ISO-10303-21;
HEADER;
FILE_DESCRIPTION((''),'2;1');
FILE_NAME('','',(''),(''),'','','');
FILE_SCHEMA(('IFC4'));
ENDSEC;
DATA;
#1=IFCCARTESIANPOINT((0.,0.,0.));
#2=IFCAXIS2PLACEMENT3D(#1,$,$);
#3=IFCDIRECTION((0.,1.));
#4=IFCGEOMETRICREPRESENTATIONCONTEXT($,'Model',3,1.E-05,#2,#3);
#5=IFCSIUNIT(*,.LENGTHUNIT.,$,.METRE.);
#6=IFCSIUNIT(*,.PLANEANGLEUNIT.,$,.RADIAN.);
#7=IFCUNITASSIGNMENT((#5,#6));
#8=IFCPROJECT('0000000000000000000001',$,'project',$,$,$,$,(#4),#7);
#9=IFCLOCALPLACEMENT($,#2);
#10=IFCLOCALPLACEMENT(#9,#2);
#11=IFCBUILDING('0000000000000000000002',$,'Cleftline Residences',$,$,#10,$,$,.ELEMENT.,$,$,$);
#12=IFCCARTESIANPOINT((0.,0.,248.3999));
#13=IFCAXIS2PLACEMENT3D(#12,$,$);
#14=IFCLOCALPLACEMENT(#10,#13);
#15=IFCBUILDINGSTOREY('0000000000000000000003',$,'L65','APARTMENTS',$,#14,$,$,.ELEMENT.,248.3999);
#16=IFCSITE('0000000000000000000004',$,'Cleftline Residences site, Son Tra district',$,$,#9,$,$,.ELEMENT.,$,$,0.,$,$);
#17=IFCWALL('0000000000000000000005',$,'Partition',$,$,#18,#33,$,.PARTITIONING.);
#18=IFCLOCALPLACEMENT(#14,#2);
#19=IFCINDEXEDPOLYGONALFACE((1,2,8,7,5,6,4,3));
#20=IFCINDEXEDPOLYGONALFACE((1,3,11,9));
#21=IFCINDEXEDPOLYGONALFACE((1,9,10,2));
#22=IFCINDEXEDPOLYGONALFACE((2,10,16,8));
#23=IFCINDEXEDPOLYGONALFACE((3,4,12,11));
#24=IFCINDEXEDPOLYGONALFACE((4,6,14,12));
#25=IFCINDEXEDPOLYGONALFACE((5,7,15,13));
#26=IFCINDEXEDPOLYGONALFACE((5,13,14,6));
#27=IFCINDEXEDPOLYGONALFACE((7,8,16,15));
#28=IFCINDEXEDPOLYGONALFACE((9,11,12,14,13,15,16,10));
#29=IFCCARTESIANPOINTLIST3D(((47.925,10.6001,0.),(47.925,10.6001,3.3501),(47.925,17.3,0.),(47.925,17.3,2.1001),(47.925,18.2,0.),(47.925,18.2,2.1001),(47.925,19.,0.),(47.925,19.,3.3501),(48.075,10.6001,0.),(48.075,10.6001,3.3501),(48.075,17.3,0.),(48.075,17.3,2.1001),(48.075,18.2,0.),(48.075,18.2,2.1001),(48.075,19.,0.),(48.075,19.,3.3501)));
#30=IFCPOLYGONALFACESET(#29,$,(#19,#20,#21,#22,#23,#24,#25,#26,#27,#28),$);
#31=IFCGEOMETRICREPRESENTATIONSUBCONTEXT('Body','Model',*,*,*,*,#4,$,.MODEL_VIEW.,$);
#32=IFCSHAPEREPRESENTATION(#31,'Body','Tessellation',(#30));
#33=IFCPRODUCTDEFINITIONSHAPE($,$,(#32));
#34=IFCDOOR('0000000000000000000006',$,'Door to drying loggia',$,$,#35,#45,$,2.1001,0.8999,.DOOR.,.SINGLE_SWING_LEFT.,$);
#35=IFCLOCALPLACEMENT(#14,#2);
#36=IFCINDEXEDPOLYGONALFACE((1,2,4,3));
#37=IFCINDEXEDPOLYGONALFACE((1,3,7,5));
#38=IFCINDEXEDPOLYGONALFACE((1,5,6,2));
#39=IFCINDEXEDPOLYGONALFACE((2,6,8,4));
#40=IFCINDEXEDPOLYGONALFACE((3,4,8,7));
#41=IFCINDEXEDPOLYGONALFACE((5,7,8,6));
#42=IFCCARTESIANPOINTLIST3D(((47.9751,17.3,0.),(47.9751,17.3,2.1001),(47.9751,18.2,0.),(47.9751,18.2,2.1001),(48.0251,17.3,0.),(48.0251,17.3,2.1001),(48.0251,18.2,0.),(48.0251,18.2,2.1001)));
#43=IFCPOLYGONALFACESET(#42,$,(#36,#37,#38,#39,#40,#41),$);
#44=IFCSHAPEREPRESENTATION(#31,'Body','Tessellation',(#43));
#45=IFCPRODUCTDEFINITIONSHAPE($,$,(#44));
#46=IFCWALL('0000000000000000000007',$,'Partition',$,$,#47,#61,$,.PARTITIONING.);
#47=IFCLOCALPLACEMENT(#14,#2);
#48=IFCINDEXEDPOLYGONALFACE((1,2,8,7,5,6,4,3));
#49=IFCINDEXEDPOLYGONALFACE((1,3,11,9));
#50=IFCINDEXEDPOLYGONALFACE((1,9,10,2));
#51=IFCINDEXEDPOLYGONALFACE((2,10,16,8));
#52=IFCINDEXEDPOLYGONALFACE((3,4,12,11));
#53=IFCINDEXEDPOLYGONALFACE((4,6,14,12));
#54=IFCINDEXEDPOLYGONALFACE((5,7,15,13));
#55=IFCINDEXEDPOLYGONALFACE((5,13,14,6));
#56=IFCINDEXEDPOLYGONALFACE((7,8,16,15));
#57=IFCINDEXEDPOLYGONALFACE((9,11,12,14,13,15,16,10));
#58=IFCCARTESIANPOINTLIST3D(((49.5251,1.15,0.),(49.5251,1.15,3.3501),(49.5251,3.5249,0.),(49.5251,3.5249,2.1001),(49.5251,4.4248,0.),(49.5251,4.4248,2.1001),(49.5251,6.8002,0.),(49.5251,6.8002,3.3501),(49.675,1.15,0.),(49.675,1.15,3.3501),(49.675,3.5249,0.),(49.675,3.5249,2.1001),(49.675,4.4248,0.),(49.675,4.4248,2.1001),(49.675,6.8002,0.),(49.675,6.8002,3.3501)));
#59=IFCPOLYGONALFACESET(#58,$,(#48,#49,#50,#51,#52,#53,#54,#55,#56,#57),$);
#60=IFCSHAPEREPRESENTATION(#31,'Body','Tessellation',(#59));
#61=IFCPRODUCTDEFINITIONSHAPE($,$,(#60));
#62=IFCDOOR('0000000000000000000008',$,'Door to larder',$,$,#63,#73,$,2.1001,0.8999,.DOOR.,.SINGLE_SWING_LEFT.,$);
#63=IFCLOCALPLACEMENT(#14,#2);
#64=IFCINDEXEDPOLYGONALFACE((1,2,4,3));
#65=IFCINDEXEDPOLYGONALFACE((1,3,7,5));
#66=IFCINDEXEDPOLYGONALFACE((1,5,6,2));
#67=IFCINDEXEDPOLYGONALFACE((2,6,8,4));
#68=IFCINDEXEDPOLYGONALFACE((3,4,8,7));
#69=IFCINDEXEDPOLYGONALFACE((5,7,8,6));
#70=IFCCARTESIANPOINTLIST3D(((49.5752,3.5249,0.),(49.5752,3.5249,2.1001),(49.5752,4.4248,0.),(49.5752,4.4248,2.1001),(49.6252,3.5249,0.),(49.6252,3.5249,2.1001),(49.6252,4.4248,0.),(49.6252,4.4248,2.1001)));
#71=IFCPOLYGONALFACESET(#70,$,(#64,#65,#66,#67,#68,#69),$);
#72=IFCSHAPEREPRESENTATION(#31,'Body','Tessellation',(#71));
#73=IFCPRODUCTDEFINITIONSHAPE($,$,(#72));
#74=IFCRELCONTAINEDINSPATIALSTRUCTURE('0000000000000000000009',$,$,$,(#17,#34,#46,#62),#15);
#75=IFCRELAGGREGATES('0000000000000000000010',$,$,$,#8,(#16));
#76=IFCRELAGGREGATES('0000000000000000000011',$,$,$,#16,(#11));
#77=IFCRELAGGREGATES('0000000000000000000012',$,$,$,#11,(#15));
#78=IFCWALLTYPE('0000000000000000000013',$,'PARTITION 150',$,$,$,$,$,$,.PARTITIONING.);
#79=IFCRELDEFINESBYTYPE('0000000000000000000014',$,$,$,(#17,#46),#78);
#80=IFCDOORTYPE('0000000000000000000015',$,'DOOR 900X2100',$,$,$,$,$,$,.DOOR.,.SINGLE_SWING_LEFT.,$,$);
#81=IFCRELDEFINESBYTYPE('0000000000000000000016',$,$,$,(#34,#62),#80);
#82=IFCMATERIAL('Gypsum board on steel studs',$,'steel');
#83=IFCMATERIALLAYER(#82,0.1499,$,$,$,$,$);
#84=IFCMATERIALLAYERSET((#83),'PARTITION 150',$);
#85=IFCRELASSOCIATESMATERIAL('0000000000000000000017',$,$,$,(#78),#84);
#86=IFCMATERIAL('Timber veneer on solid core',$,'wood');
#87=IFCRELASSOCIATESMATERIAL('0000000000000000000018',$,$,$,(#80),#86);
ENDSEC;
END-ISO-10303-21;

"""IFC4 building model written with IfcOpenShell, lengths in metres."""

from ifc_helpers import new_model, si_unit, direction, frame, frame_2d, origin, place, context, subcontext, project, spatial, rectangle, extrude, material, layer, layer_set, type_object, element, fill, save


model = new_model("IFC4")

# Units and contexts
model_context = context("Model", 3, precision=1e-05, world=origin(), true_north=direction((0.0, 1.0)))
body_context = subcontext(model_context, "Body", "Model", "MODEL_VIEW")
ifc_project = project(units=[si_unit("LENGTHUNIT", "METRE"), si_unit("PLANEANGLEUNIT", "RADIAN")], contexts=[model_context])

# Site, building, storey
site_placement = place(None, origin())
site = spatial("IfcSite", under=ifc_project, at=site_placement, Name="Cleftline Residences site, Son Tra district", CompositionType="ELEMENT", RefElevation=0.0)
building_placement = place(site_placement, origin())
building = spatial("IfcBuilding", under=site, at=building_placement, Name="Cleftline Residences", CompositionType="ELEMENT")
storey_placement = place(building_placement, frame((0.0, 0.0, 248.3999)))
storey = spatial("IfcBuildingStorey", under=building, at=storey_placement, Name="L65", Description="APARTMENTS", CompositionType="ELEMENT", Elevation=248.3999)

# Shared definitions
ifc_material_1 = material(Name="Gypsum board on steel studs", Category="steel")
ifc_layer_1 = layer(ifc_material_1, 0.1499)
ifc_layer_set_1 = layer_set([ifc_layer_1], Name="PARTITION 150")
wall_type_1 = type_object("IfcWallType", Name="PARTITION 150", PredefinedType="PARTITIONING", material=ifc_layer_set_1)

# Shared definitions
ifc_material_2 = material(Name="Timber veneer on solid core", Category="wood")
door_type_1 = type_object("IfcDoorType", Name="DOOR 900X2100", OperationType="SINGLE_SWING_LEFT", PredefinedType="DOOR", material=ifc_material_2)

# Walls, openings, doors
wall_1_placement = place(storey_placement, frame((48.0, 10.6001, 0.0), z_axis=(0.0, 0.0, 1.0), x_axis=(0.0, 1.0, 0.0)))
wall_1 = element("IfcWall", 1, at=wall_1_placement, inside=storey, type_object=wall_type_1, Name="Partition", PredefinedType="PARTITIONING", context=body_context, shape_type="SweptSolid", body=[
    extrude(rectangle(XDim=8.3999, YDim=0.1499, at=frame_2d((4.2, 0.0))), origin(), (0.0, 0.0, 1.0), 3.3501),
])
opening_1_placement = place(wall_1_placement, frame((6.7, 0.0, 0.0)))
opening_1 = element("IfcOpeningElement", 2, at=opening_1_placement, cuts=wall_1, PredefinedType="OPENING", context=body_context, shape_type="SweptSolid", body=[
    extrude(rectangle(XDim=0.8999, YDim=2.1001, at=frame_2d((0.45, 1.05))), frame((0.0, 0.085, 0.0), z_axis=(0.0, -1.0, 0.0), x_axis=(1.0, 0.0, 0.0)), (0.0, 0.0, 1.0), 0.1699),
])
door_1_placement = place(opening_1_placement, origin())
door_1 = element("IfcDoor", 3, at=door_1_placement, inside=storey, type_object=door_type_1, Name="Door to drying loggia", OperationType="SINGLE_SWING_LEFT", OverallHeight=2.1001, OverallWidth=0.8999, PredefinedType="DOOR", context=body_context, shape_type="SweptSolid", body=[
    extrude(rectangle(XDim=0.8999, YDim=2.1001, at=frame_2d((0.45, 1.05))), frame((0.0, 0.0249, 0.0), z_axis=(0.0, -1.0, 0.0), x_axis=(1.0, 0.0, 0.0)), (0.0, 0.0, 1.0), 0.05),
])
fill(opening_1, door_1)
wall_2_placement = place(storey_placement, frame((49.6001, 1.1499, 0.0), z_axis=(0.0, 0.0, 1.0), x_axis=(0.0, 1.0, 0.0)))
wall_2 = element("IfcWall", 4, at=wall_2_placement, inside=storey, type_object=wall_type_1, Name="Partition", PredefinedType="PARTITIONING", context=body_context, shape_type="SweptSolid", body=[
    extrude(rectangle(XDim=5.6501, YDim=0.1499, at=frame_2d((2.8252, 0.0))), origin(), (0.0, 0.0, 1.0), 3.3501),
])
opening_2_placement = place(wall_2_placement, frame((2.375, 0.0, 0.0)))
opening_2 = element("IfcOpeningElement", 5, at=opening_2_placement, cuts=wall_2, PredefinedType="OPENING", context=body_context, shape_type="SweptSolid", body=[
    extrude(rectangle(XDim=0.8999, YDim=2.1001, at=frame_2d((0.45, 1.05))), frame((0.0, 0.085, 0.0), z_axis=(0.0, -1.0, 0.0), x_axis=(1.0, 0.0, 0.0)), (0.0, 0.0, 1.0), 0.1699),
])
door_2_placement = place(opening_2_placement, origin())
door_2 = element("IfcDoor", 6, at=door_2_placement, inside=storey, type_object=door_type_1, Name="Door to larder", OperationType="SINGLE_SWING_LEFT", OverallHeight=2.1001, OverallWidth=0.8999, PredefinedType="DOOR", context=body_context, shape_type="SweptSolid", body=[
    extrude(rectangle(XDim=0.8999, YDim=2.1001, at=frame_2d((0.45, 1.05))), frame((0.0, 0.0249, 0.0), z_axis=(0.0, -1.0, 0.0), x_axis=(1.0, 0.0, 0.0)), (0.0, 0.0, 1.0), 0.05),
])
fill(opening_2, door_2)

save(model, "model.ifc")
